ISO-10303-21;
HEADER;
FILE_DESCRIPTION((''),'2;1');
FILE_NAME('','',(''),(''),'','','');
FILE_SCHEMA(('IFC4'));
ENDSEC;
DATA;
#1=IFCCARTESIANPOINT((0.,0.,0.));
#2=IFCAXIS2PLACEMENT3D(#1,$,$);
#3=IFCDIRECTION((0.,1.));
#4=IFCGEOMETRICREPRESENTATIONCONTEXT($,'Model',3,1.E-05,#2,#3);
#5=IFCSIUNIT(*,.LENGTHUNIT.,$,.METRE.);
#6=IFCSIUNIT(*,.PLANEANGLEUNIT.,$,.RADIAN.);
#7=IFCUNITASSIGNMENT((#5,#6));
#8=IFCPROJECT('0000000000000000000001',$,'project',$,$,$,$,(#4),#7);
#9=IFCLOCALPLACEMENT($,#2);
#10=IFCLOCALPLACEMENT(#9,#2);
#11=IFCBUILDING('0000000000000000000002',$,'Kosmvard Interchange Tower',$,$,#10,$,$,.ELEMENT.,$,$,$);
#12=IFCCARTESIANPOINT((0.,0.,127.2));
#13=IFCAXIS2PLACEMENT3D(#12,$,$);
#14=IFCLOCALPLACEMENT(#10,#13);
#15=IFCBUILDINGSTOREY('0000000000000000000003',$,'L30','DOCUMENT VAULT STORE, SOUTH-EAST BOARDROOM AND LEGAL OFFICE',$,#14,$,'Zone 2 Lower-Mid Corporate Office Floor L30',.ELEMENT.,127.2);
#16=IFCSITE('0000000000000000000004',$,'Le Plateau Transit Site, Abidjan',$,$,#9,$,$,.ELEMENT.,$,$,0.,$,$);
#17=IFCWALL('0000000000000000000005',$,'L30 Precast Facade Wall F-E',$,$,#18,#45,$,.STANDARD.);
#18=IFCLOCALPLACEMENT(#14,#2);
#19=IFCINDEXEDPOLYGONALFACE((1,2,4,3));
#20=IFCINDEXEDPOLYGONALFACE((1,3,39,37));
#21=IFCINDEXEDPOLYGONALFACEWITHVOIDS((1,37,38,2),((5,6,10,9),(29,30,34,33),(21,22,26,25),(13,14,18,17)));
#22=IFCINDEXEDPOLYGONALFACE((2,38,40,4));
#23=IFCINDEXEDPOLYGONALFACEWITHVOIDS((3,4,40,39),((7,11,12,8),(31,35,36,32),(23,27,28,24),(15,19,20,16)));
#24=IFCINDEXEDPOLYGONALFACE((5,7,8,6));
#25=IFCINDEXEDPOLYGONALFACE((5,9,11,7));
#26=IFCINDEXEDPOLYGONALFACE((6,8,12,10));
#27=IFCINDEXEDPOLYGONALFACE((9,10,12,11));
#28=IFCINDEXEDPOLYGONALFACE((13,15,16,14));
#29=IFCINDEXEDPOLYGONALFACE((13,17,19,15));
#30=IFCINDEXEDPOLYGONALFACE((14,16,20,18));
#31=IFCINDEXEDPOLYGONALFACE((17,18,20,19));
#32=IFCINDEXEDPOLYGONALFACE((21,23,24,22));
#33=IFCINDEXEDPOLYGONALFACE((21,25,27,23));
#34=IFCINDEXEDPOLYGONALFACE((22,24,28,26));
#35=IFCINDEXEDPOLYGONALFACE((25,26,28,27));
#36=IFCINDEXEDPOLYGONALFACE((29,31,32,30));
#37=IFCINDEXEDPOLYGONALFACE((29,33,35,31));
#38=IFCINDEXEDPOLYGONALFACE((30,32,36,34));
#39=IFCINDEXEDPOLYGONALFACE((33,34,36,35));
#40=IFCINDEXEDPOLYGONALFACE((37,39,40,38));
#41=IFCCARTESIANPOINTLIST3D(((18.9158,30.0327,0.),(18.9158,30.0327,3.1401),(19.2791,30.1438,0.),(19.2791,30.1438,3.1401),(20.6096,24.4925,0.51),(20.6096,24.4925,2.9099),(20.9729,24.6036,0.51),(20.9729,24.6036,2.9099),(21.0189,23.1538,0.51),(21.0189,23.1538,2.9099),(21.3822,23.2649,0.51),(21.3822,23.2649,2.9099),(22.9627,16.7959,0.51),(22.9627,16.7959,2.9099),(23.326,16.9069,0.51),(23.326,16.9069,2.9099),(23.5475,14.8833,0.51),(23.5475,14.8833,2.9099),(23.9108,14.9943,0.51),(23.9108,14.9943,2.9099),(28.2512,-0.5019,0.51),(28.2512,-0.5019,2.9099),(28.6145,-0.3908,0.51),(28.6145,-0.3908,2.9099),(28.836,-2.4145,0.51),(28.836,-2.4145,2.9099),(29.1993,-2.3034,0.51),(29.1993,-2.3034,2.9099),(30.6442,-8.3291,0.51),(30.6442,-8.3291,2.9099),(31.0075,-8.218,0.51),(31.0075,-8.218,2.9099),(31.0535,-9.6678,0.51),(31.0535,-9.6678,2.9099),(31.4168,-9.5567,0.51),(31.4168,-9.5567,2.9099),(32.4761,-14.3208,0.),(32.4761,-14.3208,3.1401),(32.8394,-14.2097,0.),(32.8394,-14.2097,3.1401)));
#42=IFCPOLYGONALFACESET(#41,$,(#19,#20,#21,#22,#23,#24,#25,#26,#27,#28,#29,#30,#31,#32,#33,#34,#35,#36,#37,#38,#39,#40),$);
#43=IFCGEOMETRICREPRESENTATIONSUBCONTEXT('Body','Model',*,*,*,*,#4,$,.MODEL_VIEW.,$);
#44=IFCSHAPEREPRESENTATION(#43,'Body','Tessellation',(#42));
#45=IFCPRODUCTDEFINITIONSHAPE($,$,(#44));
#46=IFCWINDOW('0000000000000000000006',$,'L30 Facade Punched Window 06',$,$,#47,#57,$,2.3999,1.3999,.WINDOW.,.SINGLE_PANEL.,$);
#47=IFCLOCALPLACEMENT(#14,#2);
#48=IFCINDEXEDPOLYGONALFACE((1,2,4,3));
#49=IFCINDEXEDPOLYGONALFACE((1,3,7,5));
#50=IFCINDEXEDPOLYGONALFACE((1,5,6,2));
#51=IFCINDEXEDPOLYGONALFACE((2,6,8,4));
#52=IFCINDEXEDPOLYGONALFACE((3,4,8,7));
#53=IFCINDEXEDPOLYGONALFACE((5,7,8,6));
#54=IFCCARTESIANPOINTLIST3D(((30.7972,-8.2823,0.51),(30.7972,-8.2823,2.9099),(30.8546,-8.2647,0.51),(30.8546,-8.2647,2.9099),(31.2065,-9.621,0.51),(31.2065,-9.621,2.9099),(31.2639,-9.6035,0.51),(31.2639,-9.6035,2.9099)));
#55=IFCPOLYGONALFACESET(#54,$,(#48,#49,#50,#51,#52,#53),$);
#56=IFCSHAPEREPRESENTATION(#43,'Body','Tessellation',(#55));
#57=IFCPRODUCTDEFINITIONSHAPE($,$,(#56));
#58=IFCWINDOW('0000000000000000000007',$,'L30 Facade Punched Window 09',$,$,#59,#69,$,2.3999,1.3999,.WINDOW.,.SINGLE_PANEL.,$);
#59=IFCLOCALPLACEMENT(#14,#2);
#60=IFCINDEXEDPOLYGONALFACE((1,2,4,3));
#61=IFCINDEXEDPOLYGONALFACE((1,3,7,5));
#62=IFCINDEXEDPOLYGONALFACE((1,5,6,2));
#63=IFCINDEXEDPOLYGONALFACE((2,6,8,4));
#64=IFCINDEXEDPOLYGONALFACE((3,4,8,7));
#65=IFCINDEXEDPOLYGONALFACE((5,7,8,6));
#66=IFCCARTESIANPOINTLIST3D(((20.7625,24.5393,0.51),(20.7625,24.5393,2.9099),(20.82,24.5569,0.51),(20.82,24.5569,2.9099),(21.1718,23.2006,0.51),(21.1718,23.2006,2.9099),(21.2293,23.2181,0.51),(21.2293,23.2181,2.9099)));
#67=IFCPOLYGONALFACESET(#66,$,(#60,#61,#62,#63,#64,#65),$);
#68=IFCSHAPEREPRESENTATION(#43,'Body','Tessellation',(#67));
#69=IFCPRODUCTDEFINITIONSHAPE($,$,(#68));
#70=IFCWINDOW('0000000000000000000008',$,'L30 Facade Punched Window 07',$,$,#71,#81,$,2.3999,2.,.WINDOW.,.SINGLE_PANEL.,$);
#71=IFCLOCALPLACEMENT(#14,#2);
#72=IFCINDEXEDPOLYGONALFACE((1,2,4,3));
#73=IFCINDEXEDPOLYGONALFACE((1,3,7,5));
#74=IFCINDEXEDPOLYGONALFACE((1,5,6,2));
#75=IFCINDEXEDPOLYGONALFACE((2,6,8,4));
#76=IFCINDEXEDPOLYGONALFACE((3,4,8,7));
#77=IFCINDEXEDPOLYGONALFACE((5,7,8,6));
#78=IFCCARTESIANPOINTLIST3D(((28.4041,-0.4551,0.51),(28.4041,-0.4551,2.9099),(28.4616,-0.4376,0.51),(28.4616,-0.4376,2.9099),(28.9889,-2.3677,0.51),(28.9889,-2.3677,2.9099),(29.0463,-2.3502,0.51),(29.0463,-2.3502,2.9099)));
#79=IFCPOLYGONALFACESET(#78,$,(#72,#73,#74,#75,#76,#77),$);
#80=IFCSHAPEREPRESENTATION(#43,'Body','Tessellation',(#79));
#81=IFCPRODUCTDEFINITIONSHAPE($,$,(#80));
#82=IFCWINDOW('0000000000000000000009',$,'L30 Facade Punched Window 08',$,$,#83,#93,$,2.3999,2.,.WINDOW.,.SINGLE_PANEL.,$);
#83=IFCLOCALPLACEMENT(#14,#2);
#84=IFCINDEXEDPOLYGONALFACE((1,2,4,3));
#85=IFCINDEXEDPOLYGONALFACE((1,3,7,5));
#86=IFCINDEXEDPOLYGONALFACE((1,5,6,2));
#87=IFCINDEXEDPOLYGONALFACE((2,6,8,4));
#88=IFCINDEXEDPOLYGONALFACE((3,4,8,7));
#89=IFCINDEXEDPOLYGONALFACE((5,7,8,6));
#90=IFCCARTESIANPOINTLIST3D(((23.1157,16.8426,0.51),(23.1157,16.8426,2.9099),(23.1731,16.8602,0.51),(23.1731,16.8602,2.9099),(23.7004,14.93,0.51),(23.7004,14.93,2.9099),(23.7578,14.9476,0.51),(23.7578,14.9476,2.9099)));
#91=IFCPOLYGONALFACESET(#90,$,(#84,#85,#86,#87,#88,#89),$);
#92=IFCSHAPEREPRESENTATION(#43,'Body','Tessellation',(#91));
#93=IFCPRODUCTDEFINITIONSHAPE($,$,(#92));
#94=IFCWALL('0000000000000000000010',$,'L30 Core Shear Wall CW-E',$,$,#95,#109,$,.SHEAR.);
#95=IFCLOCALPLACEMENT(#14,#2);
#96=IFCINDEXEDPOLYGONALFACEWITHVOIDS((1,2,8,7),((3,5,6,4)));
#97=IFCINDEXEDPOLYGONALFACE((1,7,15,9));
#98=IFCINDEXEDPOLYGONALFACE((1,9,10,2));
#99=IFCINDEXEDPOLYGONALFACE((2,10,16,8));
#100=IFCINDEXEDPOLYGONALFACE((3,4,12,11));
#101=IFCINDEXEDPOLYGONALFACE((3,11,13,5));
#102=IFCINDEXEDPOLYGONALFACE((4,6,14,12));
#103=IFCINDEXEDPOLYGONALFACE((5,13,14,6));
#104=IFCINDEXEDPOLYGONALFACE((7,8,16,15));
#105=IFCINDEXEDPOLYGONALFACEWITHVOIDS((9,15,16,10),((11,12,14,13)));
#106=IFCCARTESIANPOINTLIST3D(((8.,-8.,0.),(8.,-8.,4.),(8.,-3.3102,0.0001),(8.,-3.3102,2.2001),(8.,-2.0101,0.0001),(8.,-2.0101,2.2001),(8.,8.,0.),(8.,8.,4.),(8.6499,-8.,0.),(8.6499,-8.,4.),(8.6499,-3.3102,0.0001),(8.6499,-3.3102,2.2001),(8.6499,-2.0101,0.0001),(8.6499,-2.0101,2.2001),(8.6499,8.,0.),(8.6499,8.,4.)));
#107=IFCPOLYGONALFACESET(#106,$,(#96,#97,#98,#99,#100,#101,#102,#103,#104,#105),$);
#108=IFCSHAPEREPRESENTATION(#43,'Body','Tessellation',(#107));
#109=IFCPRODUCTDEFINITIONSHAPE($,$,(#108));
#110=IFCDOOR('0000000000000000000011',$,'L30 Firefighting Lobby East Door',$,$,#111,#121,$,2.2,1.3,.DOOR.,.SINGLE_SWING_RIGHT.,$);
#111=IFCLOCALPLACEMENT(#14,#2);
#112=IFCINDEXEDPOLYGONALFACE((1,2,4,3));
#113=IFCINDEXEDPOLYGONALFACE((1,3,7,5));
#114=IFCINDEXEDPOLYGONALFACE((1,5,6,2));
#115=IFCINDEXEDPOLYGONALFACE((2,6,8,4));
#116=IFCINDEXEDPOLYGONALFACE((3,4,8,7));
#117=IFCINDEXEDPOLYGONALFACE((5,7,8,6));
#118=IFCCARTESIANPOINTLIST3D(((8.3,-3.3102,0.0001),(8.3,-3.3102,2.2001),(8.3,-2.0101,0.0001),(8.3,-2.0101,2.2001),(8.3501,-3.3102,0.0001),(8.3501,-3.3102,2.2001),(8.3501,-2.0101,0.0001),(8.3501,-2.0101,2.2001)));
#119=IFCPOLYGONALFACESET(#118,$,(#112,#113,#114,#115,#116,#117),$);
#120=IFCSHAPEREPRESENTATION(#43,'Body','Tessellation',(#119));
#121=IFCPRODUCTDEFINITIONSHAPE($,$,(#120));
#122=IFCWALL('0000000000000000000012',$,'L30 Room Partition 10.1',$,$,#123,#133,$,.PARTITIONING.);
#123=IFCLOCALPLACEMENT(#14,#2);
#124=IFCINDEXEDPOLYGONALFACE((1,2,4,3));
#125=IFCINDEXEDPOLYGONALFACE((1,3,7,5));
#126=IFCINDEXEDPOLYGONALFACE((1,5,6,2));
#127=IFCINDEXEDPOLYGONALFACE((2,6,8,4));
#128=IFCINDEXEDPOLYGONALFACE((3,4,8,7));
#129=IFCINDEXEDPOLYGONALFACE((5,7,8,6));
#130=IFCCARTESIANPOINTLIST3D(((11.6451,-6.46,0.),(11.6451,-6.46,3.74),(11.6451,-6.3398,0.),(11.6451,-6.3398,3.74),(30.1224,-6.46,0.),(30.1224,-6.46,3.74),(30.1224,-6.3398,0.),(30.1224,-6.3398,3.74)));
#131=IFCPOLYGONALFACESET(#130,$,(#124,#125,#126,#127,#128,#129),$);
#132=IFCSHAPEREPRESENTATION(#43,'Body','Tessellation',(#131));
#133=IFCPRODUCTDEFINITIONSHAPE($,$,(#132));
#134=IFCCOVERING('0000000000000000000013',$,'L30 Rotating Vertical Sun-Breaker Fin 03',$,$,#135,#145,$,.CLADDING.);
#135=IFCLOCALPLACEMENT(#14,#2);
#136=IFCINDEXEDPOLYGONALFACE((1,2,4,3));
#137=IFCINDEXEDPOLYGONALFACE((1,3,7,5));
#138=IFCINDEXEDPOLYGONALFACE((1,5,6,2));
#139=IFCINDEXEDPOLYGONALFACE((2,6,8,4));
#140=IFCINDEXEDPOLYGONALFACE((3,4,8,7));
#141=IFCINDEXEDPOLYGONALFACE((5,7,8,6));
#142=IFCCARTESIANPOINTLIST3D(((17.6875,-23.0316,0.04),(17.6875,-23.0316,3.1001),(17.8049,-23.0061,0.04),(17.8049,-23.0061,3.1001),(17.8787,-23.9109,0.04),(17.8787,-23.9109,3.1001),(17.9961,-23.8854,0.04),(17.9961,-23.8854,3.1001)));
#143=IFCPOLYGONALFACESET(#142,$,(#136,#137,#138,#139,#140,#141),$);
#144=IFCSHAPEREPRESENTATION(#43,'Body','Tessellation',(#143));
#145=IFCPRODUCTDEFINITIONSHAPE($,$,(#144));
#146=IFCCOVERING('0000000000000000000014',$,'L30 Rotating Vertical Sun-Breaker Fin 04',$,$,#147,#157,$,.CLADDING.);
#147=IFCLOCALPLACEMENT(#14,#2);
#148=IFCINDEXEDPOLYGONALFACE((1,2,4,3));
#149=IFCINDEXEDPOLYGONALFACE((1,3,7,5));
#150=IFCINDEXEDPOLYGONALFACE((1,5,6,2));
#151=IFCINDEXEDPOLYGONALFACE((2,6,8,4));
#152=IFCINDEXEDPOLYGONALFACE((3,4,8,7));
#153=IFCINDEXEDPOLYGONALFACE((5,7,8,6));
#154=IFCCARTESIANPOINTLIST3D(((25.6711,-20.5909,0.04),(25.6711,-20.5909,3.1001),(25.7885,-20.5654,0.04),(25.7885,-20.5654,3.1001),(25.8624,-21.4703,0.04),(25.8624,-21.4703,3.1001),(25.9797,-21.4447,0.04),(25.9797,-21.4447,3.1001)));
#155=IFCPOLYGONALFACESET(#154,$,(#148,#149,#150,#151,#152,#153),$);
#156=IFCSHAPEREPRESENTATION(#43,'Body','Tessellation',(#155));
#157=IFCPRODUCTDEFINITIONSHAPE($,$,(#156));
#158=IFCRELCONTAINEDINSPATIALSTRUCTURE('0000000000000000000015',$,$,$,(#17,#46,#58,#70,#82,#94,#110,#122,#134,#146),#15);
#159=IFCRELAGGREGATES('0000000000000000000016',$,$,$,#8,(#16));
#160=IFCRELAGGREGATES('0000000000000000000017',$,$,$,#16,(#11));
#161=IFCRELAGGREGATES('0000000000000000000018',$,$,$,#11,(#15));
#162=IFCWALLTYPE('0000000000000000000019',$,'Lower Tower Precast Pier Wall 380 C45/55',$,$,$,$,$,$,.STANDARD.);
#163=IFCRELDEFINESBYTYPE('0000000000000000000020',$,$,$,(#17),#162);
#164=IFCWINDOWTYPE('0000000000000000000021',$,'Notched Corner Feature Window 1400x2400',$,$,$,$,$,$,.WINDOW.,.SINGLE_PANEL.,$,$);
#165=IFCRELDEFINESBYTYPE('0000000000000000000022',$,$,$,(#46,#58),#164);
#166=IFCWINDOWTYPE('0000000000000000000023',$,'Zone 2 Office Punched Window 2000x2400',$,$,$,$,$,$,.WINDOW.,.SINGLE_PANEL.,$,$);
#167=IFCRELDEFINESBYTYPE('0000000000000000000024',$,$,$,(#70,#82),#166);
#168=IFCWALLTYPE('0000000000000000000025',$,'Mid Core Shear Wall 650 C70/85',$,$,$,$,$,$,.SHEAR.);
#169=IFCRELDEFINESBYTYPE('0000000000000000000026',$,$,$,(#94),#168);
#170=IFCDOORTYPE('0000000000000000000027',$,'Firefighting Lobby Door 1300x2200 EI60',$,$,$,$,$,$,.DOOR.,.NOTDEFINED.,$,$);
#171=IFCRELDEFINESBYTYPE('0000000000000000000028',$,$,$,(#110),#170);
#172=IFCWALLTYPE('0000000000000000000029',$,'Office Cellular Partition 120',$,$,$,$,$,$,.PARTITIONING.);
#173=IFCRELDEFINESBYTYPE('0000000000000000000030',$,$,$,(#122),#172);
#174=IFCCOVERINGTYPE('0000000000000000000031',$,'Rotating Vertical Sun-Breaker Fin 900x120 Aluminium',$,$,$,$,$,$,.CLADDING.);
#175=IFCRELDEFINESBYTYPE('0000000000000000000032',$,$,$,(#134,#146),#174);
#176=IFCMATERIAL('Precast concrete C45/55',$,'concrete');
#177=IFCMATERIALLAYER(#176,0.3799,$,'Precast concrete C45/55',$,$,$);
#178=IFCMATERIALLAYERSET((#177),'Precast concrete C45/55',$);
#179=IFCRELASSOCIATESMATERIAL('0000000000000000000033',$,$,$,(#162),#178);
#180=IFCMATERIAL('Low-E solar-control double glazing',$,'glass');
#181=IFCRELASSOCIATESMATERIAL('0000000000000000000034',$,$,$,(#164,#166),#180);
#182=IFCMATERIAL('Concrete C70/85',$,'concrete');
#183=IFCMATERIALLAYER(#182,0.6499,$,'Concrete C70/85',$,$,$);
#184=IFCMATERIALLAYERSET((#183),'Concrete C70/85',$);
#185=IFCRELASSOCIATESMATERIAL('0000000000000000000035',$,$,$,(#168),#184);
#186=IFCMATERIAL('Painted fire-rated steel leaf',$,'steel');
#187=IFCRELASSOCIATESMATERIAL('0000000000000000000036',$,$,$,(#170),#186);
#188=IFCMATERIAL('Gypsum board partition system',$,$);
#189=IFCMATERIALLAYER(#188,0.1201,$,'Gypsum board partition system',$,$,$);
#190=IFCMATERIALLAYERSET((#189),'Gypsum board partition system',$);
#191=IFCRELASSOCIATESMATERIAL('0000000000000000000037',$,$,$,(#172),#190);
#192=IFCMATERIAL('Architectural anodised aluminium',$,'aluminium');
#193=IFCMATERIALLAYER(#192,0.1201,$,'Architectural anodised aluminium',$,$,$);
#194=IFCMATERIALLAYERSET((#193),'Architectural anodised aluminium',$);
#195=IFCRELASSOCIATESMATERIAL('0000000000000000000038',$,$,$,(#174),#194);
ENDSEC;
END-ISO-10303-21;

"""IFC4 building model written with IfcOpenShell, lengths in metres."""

from ifc_helpers import new_model, si_unit, direction, frame, frame_2d, origin, origin_2d, place, context, subcontext, project, spatial, rectangle, extrude, source, transform, mapped, material, layer, layer_set, type_object, element, fill, save


model = new_model("IFC4")

# Units and contexts
model_context = context("Model", 3, precision=1e-05, world=origin(), true_north=direction((0.0, 1.0)))
body_context = subcontext(model_context, "Body", "Model", "MODEL_VIEW")
ifc_project = project(units=[si_unit("LENGTHUNIT", "METRE"), si_unit("PLANEANGLEUNIT", "RADIAN")], contexts=[model_context])

# Site, building, storey
site_placement = place(None, origin())
site = spatial("IfcSite", under=ifc_project, at=site_placement, Name="Le Plateau Transit Site, Abidjan", CompositionType="ELEMENT", RefElevation=0.0)
building_placement = place(site_placement, origin())
building = spatial("IfcBuilding", under=site, at=building_placement, Name="Kosmvard Interchange Tower", CompositionType="ELEMENT")
storey_placement = place(building_placement, frame((0.0, 0.0, 127.2)))
storey = spatial("IfcBuildingStorey", under=building, at=storey_placement, Name="L30", Description="DOCUMENT VAULT STORE, SOUTH-EAST BOARDROOM AND LEGAL OFFICE", LongName="Zone 2 Lower-Mid Corporate Office Floor L30", CompositionType="ELEMENT", Elevation=127.2)

# Shared definitions
ifc_material_1 = material(Name="Concrete C70/85", Category="concrete")

# Shared definitions
ifc_material_2 = material(Name="Precast concrete C45/55", Category="concrete")

# Shared definitions
ifc_layer_1 = layer(ifc_material_2, 0.3799, Name="Precast concrete C45/55")
ifc_layer_set_1 = layer_set([ifc_layer_1], Name="Precast concrete C45/55")
wall_type_1 = type_object("IfcWallType", Name="Lower Tower Precast Pier Wall 380 C45/55", PredefinedType="STANDARD", material=ifc_layer_set_1)

# Shared definitions
ifc_material_3 = material(Name="Low-E solar-control double glazing", Category="glass")
window_type_1 = type_object("IfcWindowType", Name="Notched Corner Feature Window 1400x2400", PartitioningType="SINGLE_PANEL", PredefinedType="WINDOW", material=ifc_material_3)
shared_shape_1 = source(origin(), body_context, "Body", "SweptSolid", [
    extrude(rectangle(XDim=1.3999, YDim=2.3999, at=frame_2d((0.7, 1.2))), frame((0.0, 0.03, 0.0), z_axis=(0.0, -1.0, 0.0), x_axis=(1.0, 0.0, 0.0)), (0.0, 0.0, 1.0), 0.0601),
])

# Wall, openings, windows
wall_1_placement = place(storey_placement, frame((32.6577, -14.2651, 0.0), z_axis=(0.0, 0.0, 1.0), x_axis=(-0.292373, 0.956304, 0.0)))
wall_1 = element("IfcWall", 1, at=wall_1_placement, inside=storey, type_object=wall_type_1, Name="L30 Precast Facade Wall F-E", PredefinedType="STANDARD", context=body_context, shape_type="SweptSolid", body=[
    extrude(rectangle(XDim=46.3801, YDim=0.3799, at=frame_2d((23.1899, 0.0))), origin(), (0.0, 0.0, 1.0), 3.1401),
])
opening_1_placement = place(wall_1_placement, frame((4.8655, 0.0, 0.51)))
opening_1 = element("IfcOpeningElement", 2, at=opening_1_placement, cuts=wall_1, PredefinedType="OPENING", context=body_context, shape_type="SweptSolid", body=[
    extrude(rectangle(XDim=1.3999, YDim=2.3999, at=frame_2d((0.7, 1.2))), frame((0.0, 0.2, 0.0), z_axis=(0.0, -1.0, 0.0), x_axis=(1.0, 0.0, 0.0)), (0.0, 0.0, 1.0), 0.3999),
])
opening_2_placement = place(wall_1_placement, frame((12.4502, 0.0, 0.51)))
opening_2 = element("IfcOpeningElement", 3, at=opening_2_placement, cuts=wall_1, PredefinedType="OPENING", context=body_context, shape_type="SweptSolid", body=[
    extrude(rectangle(XDim=2.0, YDim=2.3999, at=frame_2d((1.0, 1.2))), frame((0.0, 0.2, 0.0), z_axis=(0.0, -1.0, 0.0), x_axis=(1.0, 0.0, 0.0)), (0.0, 0.0, 1.0), 0.3999),
])
opening_3_placement = place(wall_1_placement, frame((30.5383, 0.0, 0.51)))
opening_3 = element("IfcOpeningElement", 4, at=opening_3_placement, cuts=wall_1, PredefinedType="OPENING", context=body_context, shape_type="SweptSolid", body=[
    extrude(rectangle(XDim=2.0, YDim=2.3999, at=frame_2d((1.0, 1.2))), frame((0.0, 0.2, 0.0), z_axis=(0.0, -1.0, 0.0), x_axis=(1.0, 0.0, 0.0)), (0.0, 0.0, 1.0), 0.3999),
])
opening_4_placement = place(wall_1_placement, frame((39.1868, 0.0, 0.51)))
opening_4 = element("IfcOpeningElement", 5, at=opening_4_placement, cuts=wall_1, PredefinedType="OPENING", context=body_context, shape_type="SweptSolid", body=[
    extrude(rectangle(XDim=1.3999, YDim=2.3999, at=frame_2d((0.7, 1.2))), frame((0.0, 0.2, 0.0), z_axis=(0.0, -1.0, 0.0), x_axis=(1.0, 0.0, 0.0)), (0.0, 0.0, 1.0), 0.3999),
])
window_1_placement = place(opening_1_placement, origin())
window_1 = element("IfcWindow", 6, at=window_1_placement, inside=storey, type_object=window_type_1, Name="L30 Facade Punched Window 06", OverallHeight=2.3999, OverallWidth=1.3999, PartitioningType="SINGLE_PANEL", PredefinedType="WINDOW", context=body_context, shape_type="MappedRepresentation", body=[
    mapped(shared_shape_1, transform((0.0, 0.0, 0.0), scale=1.0)),
])
fill(opening_1, window_1)
window_2_placement = place(opening_4_placement, origin())
window_2 = element("IfcWindow", 7, at=window_2_placement, inside=storey, type_object=window_type_1, Name="L30 Facade Punched Window 09", OverallHeight=2.3999, OverallWidth=1.3999, PartitioningType="SINGLE_PANEL", PredefinedType="WINDOW", context=body_context, shape_type="MappedRepresentation", body=[
    mapped(shared_shape_1, transform((0.0, 0.0, 0.0), scale=1.0)),
])
fill(opening_4, window_2)
window_type_2 = type_object("IfcWindowType", Name="Zone 2 Office Punched Window 2000x2400", PartitioningType="SINGLE_PANEL", PredefinedType="WINDOW", material=ifc_material_3)
shared_shape_2 = source(origin(), body_context, "Body", "SweptSolid", [
    extrude(rectangle(XDim=2.0, YDim=2.3999, at=frame_2d((1.0, 1.2))), frame((0.0, 0.03, 0.0), z_axis=(0.0, -1.0, 0.0), x_axis=(1.0, 0.0, 0.0)), (0.0, 0.0, 1.0), 0.0601),
])
window_3_placement = place(opening_2_placement, origin())
window_3 = element("IfcWindow", 8, at=window_3_placement, inside=storey, type_object=window_type_2, Name="L30 Facade Punched Window 07", OverallHeight=2.3999, OverallWidth=2.0, PartitioningType="SINGLE_PANEL", PredefinedType="WINDOW", context=body_context, shape_type="MappedRepresentation", body=[
    mapped(shared_shape_2, transform((0.0, 0.0, 0.0), scale=1.0)),
])
fill(opening_2, window_3)
window_4_placement = place(opening_3_placement, origin())
window_4 = element("IfcWindow", 9, at=window_4_placement, inside=storey, type_object=window_type_2, Name="L30 Facade Punched Window 08", OverallHeight=2.3999, OverallWidth=2.0, PartitioningType="SINGLE_PANEL", PredefinedType="WINDOW", context=body_context, shape_type="MappedRepresentation", body=[
    mapped(shared_shape_2, transform((0.0, 0.0, 0.0), scale=1.0)),
])
fill(opening_3, window_4)

# Wall, opening, door
ifc_layer_2 = layer(ifc_material_1, 0.6499, Name="Concrete C70/85")
ifc_layer_set_2 = layer_set([ifc_layer_2], Name="Concrete C70/85")
wall_type_2 = type_object("IfcWallType", Name="Mid Core Shear Wall 650 C70/85", PredefinedType="SHEAR", material=ifc_layer_set_2)
wall_2_placement = place(storey_placement, frame((8.325, -8.0, 0.0), z_axis=(0.0, 0.0, 1.0), x_axis=(0.0, 1.0, 0.0)))
wall_2 = element("IfcWall", 10, at=wall_2_placement, inside=storey, type_object=wall_type_2, Name="L30 Core Shear Wall CW-E", PredefinedType="SHEAR", context=body_context, shape_type="SweptSolid", body=[
    extrude(rectangle(XDim=16.0, YDim=0.6499, at=frame_2d((8.0, 0.0))), origin(), (0.0, 0.0, 1.0), 4.0),
])
opening_5_placement = place(wall_2_placement, frame((4.6899, 0.0, 0.0)))
opening_5 = element("IfcOpeningElement", 11, at=opening_5_placement, cuts=wall_2, PredefinedType="OPENING", context=body_context, shape_type="SweptSolid", body=[
    extrude(rectangle(XDim=1.3, YDim=2.2, at=frame_2d((0.6499, 1.1001))), frame((0.0, 0.335, 0.0), z_axis=(0.0, -1.0, 0.0), x_axis=(1.0, 0.0, 0.0)), (0.0, 0.0, 1.0), 0.6699),
])
ifc_material_4 = material(Name="Painted fire-rated steel leaf", Category="steel")
door_type_1 = type_object("IfcDoorType", Name="Firefighting Lobby Door 1300x2200 EI60", OperationType="NOTDEFINED", PredefinedType="DOOR", material=ifc_material_4)
shared_shape_3 = source(origin(), body_context, "Body", "SweptSolid", [
    extrude(rectangle(XDim=1.3, YDim=2.2, at=frame_2d((0.6499, 1.1001))), frame((0.0, 0.0249, 0.0), z_axis=(0.0, -1.0, 0.0), x_axis=(1.0, 0.0, 0.0)), (0.0, 0.0, 1.0), 0.05),
])
door_1_placement = place(opening_5_placement, origin())
door_1 = element("IfcDoor", 12, at=door_1_placement, inside=storey, type_object=door_type_1, Name="L30 Firefighting Lobby East Door", OperationType="SINGLE_SWING_RIGHT", OverallHeight=2.2, OverallWidth=1.3, PredefinedType="DOOR", context=body_context, shape_type="MappedRepresentation", body=[
    mapped(shared_shape_3, transform((0.0, 0.0, 0.0), scale=1.0)),
])
fill(opening_5, door_1)

# Wall
ifc_material_5 = material(Name="Gypsum board partition system")
ifc_layer_3 = layer(ifc_material_5, 0.1201, Name="Gypsum board partition system")
ifc_layer_set_3 = layer_set([ifc_layer_3], Name="Gypsum board partition system")
wall_type_3 = type_object("IfcWallType", Name="Office Cellular Partition 120", PredefinedType="PARTITIONING", material=ifc_layer_set_3)
wall_3_placement = place(storey_placement, frame((11.645, -6.3999, 0.0), z_axis=(0.0, 0.0, 1.0), x_axis=(1.0, 0.0, 0.0)))
element("IfcWall", 13, at=wall_3_placement, inside=storey, type_object=wall_type_3, Name="L30 Room Partition 10.1", PredefinedType="PARTITIONING", context=body_context, shape_type="SweptSolid", body=[
    extrude(rectangle(XDim=18.4773, YDim=0.1201, at=frame_2d((9.2388, 0.0))), origin(), (0.0, 0.0, 1.0), 3.74),
])

# Coverings
ifc_material_6 = material(Name="Architectural anodised aluminium", Category="aluminium")
ifc_layer_4 = layer(ifc_material_6, 0.1201, Name="Architectural anodised aluminium")
ifc_layer_set_4 = layer_set([ifc_layer_4], Name="Architectural anodised aluminium")
covering_type = type_object("IfcCoveringType", Name="Rotating Vertical Sun-Breaker Fin 900x120 Aluminium", PredefinedType="CLADDING", material=ifc_layer_set_4)
shared_shape_4 = source(origin(), body_context, "Body", "SweptSolid", [
    extrude(rectangle(XDim=0.8999, YDim=0.1201, at=origin_2d()), origin(), (0.0, 0.0, 1.0), 3.0601),
])
for number, where, z_axis, x_axis, name in (
    (14, (17.8418, -23.4585, 0.04), (0.0, 0.0, 1.0), (0.212519, -0.977157, 0.0), "L30 Rotating Vertical Sun-Breaker Fin 03"),
    (15, (25.8254, -21.0178, 0.04), (0.0, 0.0, 1.0), (0.212519, -0.977157, 0.0), "L30 Rotating Vertical Sun-Breaker Fin 04"),
):
    element("IfcCovering", number, at=place(storey_placement, frame(where, z_axis=z_axis, x_axis=x_axis)), inside=storey, type_object=covering_type, Name=name, PredefinedType="CLADDING", context=body_context, shape_type="MappedRepresentation", body=[
        mapped(shared_shape_4, transform((0.0, 0.0, 0.0), scale=1.0)),
    ])

save(model, "model.ifc")
